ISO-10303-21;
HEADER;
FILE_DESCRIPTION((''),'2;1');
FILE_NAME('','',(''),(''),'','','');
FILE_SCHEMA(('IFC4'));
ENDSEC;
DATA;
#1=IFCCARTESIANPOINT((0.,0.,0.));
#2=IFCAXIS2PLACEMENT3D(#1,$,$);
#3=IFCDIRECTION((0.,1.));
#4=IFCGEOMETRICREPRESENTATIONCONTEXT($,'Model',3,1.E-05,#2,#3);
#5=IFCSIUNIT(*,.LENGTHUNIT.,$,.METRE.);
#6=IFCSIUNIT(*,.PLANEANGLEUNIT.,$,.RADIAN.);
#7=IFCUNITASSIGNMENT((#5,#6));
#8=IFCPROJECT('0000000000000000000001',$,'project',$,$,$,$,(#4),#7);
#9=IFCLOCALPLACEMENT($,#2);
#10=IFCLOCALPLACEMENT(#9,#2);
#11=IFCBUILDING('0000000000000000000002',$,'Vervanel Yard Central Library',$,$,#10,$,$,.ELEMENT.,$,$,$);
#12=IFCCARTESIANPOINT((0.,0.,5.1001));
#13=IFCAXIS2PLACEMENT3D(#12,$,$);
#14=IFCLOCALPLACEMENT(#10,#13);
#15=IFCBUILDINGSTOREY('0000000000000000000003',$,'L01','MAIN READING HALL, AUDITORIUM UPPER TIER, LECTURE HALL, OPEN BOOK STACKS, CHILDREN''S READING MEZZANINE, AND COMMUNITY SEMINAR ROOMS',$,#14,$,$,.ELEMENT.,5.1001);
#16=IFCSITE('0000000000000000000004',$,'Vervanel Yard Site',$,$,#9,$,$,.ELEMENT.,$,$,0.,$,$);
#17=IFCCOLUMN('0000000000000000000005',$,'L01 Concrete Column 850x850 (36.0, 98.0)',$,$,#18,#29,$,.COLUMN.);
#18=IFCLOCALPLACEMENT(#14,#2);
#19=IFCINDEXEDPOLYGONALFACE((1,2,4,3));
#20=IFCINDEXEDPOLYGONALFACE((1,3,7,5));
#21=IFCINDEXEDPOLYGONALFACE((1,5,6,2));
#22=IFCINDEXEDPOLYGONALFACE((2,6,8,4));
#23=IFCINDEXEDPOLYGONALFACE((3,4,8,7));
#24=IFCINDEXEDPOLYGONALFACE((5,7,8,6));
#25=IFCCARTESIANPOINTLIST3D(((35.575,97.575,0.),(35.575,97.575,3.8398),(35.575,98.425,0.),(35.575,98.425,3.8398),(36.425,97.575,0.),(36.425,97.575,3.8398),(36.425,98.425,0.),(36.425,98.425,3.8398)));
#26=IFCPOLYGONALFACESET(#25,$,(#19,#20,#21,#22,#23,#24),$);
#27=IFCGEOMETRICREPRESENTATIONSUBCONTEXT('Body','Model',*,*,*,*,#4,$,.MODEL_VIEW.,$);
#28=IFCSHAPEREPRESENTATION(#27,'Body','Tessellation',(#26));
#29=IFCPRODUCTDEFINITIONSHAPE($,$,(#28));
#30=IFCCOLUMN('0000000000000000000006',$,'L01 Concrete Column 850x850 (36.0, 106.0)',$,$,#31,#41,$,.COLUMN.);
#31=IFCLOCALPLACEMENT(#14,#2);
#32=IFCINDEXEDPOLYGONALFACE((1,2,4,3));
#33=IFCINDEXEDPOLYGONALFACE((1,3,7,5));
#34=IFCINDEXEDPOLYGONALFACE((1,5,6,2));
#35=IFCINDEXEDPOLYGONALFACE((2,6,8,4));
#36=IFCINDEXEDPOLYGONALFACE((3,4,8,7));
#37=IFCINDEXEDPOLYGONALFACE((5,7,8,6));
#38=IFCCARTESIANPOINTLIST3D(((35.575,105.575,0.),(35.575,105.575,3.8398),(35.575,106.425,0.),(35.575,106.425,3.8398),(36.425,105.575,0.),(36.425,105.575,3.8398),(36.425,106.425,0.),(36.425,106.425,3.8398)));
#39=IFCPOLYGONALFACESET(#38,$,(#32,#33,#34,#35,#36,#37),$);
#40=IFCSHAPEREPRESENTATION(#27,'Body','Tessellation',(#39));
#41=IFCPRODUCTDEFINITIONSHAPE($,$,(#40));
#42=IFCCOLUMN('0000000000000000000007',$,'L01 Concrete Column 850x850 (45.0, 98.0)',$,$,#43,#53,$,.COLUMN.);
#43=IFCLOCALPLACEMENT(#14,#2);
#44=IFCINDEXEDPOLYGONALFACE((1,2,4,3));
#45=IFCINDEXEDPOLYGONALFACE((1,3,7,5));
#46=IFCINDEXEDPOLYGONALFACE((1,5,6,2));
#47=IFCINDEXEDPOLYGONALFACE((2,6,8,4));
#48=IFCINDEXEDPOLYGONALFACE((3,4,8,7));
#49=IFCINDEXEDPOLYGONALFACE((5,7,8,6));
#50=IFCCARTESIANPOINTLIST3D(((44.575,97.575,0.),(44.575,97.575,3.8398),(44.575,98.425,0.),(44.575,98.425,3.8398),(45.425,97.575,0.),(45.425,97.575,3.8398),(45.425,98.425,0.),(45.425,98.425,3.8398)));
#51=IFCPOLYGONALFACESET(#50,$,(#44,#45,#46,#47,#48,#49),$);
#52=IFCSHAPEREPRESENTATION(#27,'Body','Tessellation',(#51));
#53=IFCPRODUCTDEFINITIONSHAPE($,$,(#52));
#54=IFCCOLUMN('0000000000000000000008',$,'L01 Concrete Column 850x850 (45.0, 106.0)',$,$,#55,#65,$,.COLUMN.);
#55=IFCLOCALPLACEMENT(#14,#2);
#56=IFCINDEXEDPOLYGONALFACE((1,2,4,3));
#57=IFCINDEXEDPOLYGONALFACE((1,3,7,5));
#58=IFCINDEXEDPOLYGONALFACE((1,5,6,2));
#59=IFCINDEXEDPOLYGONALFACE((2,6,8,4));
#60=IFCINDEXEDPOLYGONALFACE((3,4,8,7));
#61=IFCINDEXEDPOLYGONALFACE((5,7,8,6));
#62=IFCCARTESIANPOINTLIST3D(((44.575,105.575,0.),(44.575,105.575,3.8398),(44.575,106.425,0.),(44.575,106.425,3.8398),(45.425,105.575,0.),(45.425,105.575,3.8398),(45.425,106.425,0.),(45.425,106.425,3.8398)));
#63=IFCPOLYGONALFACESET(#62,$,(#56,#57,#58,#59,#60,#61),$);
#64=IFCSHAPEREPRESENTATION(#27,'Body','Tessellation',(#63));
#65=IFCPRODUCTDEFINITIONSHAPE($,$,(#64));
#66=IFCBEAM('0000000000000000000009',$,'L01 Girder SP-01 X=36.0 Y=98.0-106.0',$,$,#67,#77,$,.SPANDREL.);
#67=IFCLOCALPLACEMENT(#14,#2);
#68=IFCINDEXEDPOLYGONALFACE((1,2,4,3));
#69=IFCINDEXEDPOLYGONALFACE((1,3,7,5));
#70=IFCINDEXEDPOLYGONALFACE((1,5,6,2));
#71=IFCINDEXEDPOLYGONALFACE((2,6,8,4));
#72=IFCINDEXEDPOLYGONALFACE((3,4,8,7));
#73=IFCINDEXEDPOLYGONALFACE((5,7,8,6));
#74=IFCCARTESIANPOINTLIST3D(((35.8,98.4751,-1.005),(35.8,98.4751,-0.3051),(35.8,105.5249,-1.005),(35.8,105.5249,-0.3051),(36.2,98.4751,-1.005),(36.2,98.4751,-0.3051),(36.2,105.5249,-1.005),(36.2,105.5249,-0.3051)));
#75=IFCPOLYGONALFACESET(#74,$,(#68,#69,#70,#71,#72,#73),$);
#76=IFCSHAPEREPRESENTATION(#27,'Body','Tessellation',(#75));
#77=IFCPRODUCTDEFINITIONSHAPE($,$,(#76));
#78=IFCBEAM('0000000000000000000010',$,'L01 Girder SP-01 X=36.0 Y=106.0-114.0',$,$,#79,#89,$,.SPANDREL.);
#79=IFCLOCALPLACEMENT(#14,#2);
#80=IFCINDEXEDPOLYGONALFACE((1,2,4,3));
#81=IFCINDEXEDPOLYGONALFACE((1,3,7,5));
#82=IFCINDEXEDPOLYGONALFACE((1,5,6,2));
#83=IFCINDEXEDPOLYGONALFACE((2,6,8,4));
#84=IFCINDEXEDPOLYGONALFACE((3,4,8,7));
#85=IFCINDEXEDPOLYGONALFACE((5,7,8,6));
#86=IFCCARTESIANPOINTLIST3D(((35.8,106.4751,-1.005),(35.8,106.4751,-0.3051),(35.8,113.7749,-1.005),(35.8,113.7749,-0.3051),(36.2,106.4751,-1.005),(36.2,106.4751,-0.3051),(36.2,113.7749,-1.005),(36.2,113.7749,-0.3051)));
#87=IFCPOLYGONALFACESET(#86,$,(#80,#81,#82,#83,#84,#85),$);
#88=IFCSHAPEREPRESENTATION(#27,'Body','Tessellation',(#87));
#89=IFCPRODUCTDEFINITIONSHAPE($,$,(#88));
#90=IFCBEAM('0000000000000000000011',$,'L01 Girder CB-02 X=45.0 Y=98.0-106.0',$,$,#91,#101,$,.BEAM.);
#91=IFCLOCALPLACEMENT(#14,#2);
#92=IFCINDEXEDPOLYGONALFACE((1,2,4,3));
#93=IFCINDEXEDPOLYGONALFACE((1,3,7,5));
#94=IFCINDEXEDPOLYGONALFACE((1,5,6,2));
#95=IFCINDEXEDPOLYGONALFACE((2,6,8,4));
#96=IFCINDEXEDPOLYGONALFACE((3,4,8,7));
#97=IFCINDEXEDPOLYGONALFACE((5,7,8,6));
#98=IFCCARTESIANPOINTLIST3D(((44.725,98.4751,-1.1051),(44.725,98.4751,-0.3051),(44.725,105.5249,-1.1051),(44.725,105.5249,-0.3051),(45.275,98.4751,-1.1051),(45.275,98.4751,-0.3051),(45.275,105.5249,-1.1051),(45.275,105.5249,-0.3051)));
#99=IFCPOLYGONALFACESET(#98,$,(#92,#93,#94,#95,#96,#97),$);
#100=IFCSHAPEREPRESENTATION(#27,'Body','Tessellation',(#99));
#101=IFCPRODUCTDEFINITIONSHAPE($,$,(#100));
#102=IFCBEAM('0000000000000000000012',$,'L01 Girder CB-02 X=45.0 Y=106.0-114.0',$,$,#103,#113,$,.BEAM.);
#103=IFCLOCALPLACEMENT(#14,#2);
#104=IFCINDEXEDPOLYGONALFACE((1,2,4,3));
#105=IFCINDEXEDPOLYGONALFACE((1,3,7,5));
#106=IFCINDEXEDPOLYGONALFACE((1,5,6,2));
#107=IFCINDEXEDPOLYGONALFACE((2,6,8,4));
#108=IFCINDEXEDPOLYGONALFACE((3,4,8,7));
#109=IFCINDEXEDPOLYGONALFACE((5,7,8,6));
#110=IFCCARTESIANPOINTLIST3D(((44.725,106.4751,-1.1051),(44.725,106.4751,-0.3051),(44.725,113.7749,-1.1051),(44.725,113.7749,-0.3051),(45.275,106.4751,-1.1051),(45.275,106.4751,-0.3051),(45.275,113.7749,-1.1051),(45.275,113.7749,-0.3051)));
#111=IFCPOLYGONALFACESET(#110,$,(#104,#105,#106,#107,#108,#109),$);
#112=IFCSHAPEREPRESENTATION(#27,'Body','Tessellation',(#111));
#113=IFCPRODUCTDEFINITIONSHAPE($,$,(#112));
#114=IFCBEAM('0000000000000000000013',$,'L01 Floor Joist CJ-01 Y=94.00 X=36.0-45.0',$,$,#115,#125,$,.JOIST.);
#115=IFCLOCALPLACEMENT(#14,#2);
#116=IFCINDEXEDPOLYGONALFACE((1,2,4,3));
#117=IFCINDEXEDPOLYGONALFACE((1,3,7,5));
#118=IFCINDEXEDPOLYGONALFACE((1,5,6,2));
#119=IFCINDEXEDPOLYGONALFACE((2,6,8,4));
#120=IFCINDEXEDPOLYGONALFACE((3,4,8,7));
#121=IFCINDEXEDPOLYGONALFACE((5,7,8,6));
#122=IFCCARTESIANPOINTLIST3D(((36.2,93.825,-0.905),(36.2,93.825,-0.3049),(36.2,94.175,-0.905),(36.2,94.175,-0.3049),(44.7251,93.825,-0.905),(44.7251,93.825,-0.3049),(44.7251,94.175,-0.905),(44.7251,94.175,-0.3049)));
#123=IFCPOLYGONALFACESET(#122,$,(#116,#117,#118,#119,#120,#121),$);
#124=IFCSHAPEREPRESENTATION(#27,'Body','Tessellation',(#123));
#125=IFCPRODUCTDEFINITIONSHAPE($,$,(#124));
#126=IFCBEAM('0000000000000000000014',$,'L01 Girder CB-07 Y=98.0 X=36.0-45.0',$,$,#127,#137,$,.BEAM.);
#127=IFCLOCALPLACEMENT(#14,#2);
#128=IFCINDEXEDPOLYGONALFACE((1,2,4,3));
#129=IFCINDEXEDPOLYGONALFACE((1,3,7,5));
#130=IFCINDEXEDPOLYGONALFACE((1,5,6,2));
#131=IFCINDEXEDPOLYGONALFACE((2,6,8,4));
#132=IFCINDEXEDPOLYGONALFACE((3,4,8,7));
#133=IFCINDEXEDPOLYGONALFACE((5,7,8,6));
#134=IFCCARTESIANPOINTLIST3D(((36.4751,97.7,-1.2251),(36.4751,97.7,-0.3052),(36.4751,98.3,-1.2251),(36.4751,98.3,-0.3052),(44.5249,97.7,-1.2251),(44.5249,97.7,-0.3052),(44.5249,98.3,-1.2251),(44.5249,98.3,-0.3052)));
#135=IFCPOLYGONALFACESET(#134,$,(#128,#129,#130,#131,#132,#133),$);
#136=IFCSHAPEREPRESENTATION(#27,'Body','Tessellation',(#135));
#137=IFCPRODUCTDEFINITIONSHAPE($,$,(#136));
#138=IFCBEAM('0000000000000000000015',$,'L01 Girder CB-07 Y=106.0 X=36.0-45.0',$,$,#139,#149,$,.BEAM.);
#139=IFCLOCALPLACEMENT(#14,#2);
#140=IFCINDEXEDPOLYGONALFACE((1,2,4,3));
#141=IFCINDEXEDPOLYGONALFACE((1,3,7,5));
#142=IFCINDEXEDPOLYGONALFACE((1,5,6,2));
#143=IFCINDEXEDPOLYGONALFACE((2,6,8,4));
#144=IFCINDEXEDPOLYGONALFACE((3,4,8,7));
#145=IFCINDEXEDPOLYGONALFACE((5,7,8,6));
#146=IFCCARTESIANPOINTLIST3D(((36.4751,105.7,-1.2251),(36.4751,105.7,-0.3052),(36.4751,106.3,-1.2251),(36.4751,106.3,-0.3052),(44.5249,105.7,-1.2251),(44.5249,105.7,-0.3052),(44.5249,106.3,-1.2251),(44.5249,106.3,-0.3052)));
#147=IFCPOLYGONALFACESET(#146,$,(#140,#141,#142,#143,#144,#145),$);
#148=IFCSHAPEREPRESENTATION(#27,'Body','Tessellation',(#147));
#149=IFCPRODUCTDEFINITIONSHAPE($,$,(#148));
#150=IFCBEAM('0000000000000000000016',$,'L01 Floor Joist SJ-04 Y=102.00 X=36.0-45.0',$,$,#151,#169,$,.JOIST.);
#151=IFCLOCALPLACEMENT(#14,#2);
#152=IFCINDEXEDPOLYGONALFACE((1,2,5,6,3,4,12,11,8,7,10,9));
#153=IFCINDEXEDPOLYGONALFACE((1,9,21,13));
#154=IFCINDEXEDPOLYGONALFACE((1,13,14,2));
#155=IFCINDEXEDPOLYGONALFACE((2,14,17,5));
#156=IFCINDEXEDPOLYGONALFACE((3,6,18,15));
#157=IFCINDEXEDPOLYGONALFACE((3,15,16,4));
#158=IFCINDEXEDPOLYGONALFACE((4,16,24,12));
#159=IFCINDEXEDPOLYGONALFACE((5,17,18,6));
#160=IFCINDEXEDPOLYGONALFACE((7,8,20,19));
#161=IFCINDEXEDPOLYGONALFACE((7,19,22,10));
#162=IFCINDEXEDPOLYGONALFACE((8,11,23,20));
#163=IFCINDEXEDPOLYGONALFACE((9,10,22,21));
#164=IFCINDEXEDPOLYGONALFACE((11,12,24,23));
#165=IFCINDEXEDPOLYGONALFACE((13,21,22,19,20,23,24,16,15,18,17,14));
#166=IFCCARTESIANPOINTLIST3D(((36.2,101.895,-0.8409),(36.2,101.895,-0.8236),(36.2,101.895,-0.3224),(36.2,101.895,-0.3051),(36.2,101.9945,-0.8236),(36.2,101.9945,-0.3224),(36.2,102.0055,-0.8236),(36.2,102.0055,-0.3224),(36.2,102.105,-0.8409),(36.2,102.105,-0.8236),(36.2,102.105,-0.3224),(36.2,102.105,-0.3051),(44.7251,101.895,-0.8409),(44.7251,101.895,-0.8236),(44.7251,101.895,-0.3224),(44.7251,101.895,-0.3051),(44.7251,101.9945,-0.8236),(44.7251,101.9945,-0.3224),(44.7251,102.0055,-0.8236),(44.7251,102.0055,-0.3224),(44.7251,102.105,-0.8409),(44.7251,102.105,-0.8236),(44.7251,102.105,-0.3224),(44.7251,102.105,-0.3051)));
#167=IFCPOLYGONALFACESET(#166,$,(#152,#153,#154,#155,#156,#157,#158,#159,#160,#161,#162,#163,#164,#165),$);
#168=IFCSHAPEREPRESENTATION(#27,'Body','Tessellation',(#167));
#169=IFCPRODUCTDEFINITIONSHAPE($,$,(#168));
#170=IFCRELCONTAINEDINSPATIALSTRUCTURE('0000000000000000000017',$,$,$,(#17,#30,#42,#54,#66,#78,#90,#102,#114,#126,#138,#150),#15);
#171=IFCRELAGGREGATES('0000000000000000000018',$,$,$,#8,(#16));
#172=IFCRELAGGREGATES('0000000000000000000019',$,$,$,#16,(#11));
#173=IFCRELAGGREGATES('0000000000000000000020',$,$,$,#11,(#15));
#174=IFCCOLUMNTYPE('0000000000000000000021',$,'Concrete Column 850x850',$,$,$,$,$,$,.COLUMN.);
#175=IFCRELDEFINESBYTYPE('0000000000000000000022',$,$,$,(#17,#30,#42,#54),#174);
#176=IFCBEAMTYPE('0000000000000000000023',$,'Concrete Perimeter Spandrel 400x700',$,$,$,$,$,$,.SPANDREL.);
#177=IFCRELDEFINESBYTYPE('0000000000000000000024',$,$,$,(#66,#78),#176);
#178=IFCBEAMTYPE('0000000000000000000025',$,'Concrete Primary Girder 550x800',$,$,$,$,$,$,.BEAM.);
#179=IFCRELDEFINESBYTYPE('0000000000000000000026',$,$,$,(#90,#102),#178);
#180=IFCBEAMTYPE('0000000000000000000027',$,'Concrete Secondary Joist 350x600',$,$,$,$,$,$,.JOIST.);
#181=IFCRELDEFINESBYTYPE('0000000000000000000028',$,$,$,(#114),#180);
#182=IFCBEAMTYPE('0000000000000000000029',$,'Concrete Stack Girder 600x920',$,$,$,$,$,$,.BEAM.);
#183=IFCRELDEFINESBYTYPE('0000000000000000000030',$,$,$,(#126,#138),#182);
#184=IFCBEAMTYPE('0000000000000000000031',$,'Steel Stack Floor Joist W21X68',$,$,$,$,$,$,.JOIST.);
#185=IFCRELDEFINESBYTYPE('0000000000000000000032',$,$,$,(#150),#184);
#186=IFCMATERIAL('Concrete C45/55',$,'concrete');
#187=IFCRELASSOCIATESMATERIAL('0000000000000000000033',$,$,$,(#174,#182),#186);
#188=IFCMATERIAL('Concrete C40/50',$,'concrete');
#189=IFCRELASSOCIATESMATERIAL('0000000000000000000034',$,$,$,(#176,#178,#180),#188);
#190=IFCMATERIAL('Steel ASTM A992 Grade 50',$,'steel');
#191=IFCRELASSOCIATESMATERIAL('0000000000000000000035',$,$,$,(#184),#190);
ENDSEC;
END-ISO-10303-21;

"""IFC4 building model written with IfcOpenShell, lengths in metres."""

from ifc_helpers import new_model, si_unit, direction, frame, origin, origin_2d, place, context, subcontext, project, spatial, rectangle, i_section, extrude, material, material_profile, profile_set, type_object, element, save


model = new_model("IFC4")

# Units and contexts
model_context = context("Model", 3, precision=1e-05, world=origin(), true_north=direction((0.0, 1.0)))
body_context = subcontext(model_context, "Body", "Model", "MODEL_VIEW")
ifc_project = project(units=[si_unit("LENGTHUNIT", "METRE"), si_unit("PLANEANGLEUNIT", "RADIAN")], contexts=[model_context])

# Site, building, storey
site_placement = place(None, origin())
site = spatial("IfcSite", under=ifc_project, at=site_placement, Name="Vervanel Yard Site", CompositionType="ELEMENT", RefElevation=0.0)
building_placement = place(site_placement, origin())
building = spatial("IfcBuilding", under=site, at=building_placement, Name="Vervanel Yard Central Library", CompositionType="ELEMENT")
storey_placement = place(building_placement, frame((0.0, 0.0, 5.1001)))
storey = spatial("IfcBuildingStorey", under=building, at=storey_placement, Name="L01", Description="MAIN READING HALL, AUDITORIUM UPPER TIER, LECTURE HALL, OPEN BOOK STACKS, CHILDREN'S READING MEZZANINE, AND COMMUNITY SEMINAR ROOMS", CompositionType="ELEMENT", Elevation=5.1001)

# Columns
ifc_material_1 = material(Name="Concrete C45/55", Category="concrete")
ifc_material_profile_1 = material_profile(ifc_material_1, rectangle(XDim=0.8501, YDim=0.8501, at=origin_2d()), Name="RC 850x850", Category="concrete")
ifc_profile_set_1 = profile_set([ifc_material_profile_1], Name="Concrete C45/55")
column_type = type_object("IfcColumnType", Name="Concrete Column 850x850", PredefinedType="COLUMN", material=ifc_profile_set_1)
for number, where, z_axis, x_axis, name in (
    (1, (36.0, 98.0, 0.0), (0.0, 0.0, 1.0), (1.0, 0.0, 0.0), "L01 Concrete Column 850x850 (36.0, 98.0)"),
    (2, (36.0, 106.0, 0.0), (0.0, 0.0, 1.0), (1.0, 0.0, 0.0), "L01 Concrete Column 850x850 (36.0, 106.0)"),
    (3, (45.0, 98.0, 0.0), (0.0, 0.0, 1.0), (1.0, 0.0, 0.0), "L01 Concrete Column 850x850 (45.0, 98.0)"),
    (4, (45.0, 106.0, 0.0), (0.0, 0.0, 1.0), (1.0, 0.0, 0.0), "L01 Concrete Column 850x850 (45.0, 106.0)"),
):
    element("IfcColumn", number, at=place(storey_placement, frame(where, z_axis=z_axis, x_axis=x_axis)), inside=storey, type_object=column_type, Name=name, PredefinedType="COLUMN", context=body_context, shape_type="SweptSolid", body=[
        extrude(rectangle(XDim=0.8501, YDim=0.8501, at=origin_2d()), origin(), (0.0, 0.0, 1.0), 3.8398),
    ])

# Beams
ifc_material_2 = material(Name="Concrete C40/50", Category="concrete")
ifc_material_profile_2 = material_profile(ifc_material_2, rectangle(XDim=0.3999, YDim=0.7, at=origin_2d()), Name="RC 400x700", Category="concrete")
ifc_profile_set_2 = profile_set([ifc_material_profile_2], Name="Concrete C40/50")
beam_type_1 = type_object("IfcBeamType", Name="Concrete Perimeter Spandrel 400x700", PredefinedType="SPANDREL", material=ifc_profile_set_2)
beam_1_placement = place(storey_placement, frame((36.0, 98.4751, -0.655), z_axis=(0.0, 1.0, 0.0), x_axis=(-1.0, 0.0, 0.0)))
element("IfcBeam", 5, at=beam_1_placement, inside=storey, type_object=beam_type_1, Name="L01 Girder SP-01 X=36.0 Y=98.0-106.0", PredefinedType="SPANDREL", context=body_context, shape_type="SweptSolid", body=[
    extrude(rectangle(XDim=0.3999, YDim=0.7, at=origin_2d()), origin(), (0.0, 0.0, 1.0), 7.0498),
])
beam_2_placement = place(storey_placement, frame((36.0, 106.4751, -0.655), z_axis=(0.0, 1.0, 0.0), x_axis=(-1.0, 0.0, 0.0)))
element("IfcBeam", 6, at=beam_2_placement, inside=storey, type_object=beam_type_1, Name="L01 Girder SP-01 X=36.0 Y=106.0-114.0", PredefinedType="SPANDREL", context=body_context, shape_type="SweptSolid", body=[
    extrude(rectangle(XDim=0.3999, YDim=0.7, at=origin_2d()), origin(), (0.0, 0.0, 1.0), 7.2998),
])
ifc_material_profile_3 = material_profile(ifc_material_2, rectangle(XDim=0.55, YDim=0.8, at=origin_2d()), Name="RC 550x800", Category="concrete")
ifc_profile_set_3 = profile_set([ifc_material_profile_3], Name="Concrete C40/50")
beam_type_2 = type_object("IfcBeamType", Name="Concrete Primary Girder 550x800", PredefinedType="BEAM", material=ifc_profile_set_3)
beam_3_placement = place(storey_placement, frame((45.0, 98.4751, -0.7051), z_axis=(0.0, 1.0, 0.0), x_axis=(-1.0, 0.0, 0.0)))
element("IfcBeam", 7, at=beam_3_placement, inside=storey, type_object=beam_type_2, Name="L01 Girder CB-02 X=45.0 Y=98.0-106.0", PredefinedType="BEAM", context=body_context, shape_type="SweptSolid", body=[
    extrude(rectangle(XDim=0.55, YDim=0.8, at=origin_2d()), origin(), (0.0, 0.0, 1.0), 7.0498),
])
beam_4_placement = place(storey_placement, frame((45.0, 106.4751, -0.7051), z_axis=(0.0, 1.0, 0.0), x_axis=(-1.0, 0.0, 0.0)))
element("IfcBeam", 8, at=beam_4_placement, inside=storey, type_object=beam_type_2, Name="L01 Girder CB-02 X=45.0 Y=106.0-114.0", PredefinedType="BEAM", context=body_context, shape_type="SweptSolid", body=[
    extrude(rectangle(XDim=0.55, YDim=0.8, at=origin_2d()), origin(), (0.0, 0.0, 1.0), 7.2998),
])
ifc_material_profile_4 = material_profile(ifc_material_2, rectangle(XDim=0.3501, YDim=0.6001, at=origin_2d()), Name="RC 350x600", Category="concrete")
ifc_profile_set_4 = profile_set([ifc_material_profile_4], Name="Concrete C40/50")
beam_type_3 = type_object("IfcBeamType", Name="Concrete Secondary Joist 350x600", PredefinedType="JOIST", material=ifc_profile_set_4)
beam_5_placement = place(storey_placement, frame((36.2, 94.0, -0.605), z_axis=(1.0, 0.0, 0.0), x_axis=(0.0, 1.0, 0.0)))
element("IfcBeam", 9, at=beam_5_placement, inside=storey, type_object=beam_type_3, Name="L01 Floor Joist CJ-01 Y=94.00 X=36.0-45.0", PredefinedType="JOIST", context=body_context, shape_type="SweptSolid", body=[
    extrude(rectangle(XDim=0.3501, YDim=0.6001, at=origin_2d()), origin(), (0.0, 0.0, 1.0), 8.5251),
])
ifc_material_profile_5 = material_profile(ifc_material_1, rectangle(XDim=0.6001, YDim=0.9199, at=origin_2d()), Name="RC 600x920", Category="concrete")
ifc_profile_set_5 = profile_set([ifc_material_profile_5], Name="Concrete C45/55")
beam_type_4 = type_object("IfcBeamType", Name="Concrete Stack Girder 600x920", PredefinedType="BEAM", material=ifc_profile_set_5)
for number, where, z_axis, x_axis, name in (
    (10, (36.4751, 98.0, -0.7651), (1.0, 0.0, 0.0), (0.0, 1.0, 0.0), "L01 Girder CB-07 Y=98.0 X=36.0-45.0"),
    (11, (36.4751, 106.0, -0.7651), (1.0, 0.0, 0.0), (0.0, 1.0, 0.0), "L01 Girder CB-07 Y=106.0 X=36.0-45.0"),
):
    element("IfcBeam", number, at=place(storey_placement, frame(where, z_axis=z_axis, x_axis=x_axis)), inside=storey, type_object=beam_type_4, Name=name, PredefinedType="BEAM", context=body_context, shape_type="SweptSolid", body=[
        extrude(rectangle(XDim=0.6001, YDim=0.9199, at=origin_2d()), origin(), (0.0, 0.0, 1.0), 8.0498),
    ])
ifc_material_3 = material(Name="Steel ASTM A992 Grade 50", Category="steel")
ifc_material_profile_6 = material_profile(ifc_material_3, i_section(OverallWidth=0.21, OverallDepth=0.5359, WebThickness=0.011, FlangeThickness=0.0173, at=origin_2d()), Name="W21X68", Category="steel")
ifc_profile_set_6 = profile_set([ifc_material_profile_6], Name="Steel ASTM A992 Grade 50")
beam_type_5 = type_object("IfcBeamType", Name="Steel Stack Floor Joist W21X68", PredefinedType="JOIST", material=ifc_profile_set_6)
beam_6_placement = place(storey_placement, frame((36.2, 102.0, -0.573), z_axis=(1.0, 0.0, 0.0), x_axis=(0.0, 1.0, 0.0)))
element("IfcBeam", 12, at=beam_6_placement, inside=storey, type_object=beam_type_5, Name="L01 Floor Joist SJ-04 Y=102.00 X=36.0-45.0", PredefinedType="JOIST", context=body_context, shape_type="SweptSolid", body=[
    extrude(i_section(OverallWidth=0.21, OverallDepth=0.5359, WebThickness=0.011, FlangeThickness=0.0173, at=origin_2d()), origin(), (0.0, 0.0, 1.0), 8.5251),
])

save(model, "model.ifc")
